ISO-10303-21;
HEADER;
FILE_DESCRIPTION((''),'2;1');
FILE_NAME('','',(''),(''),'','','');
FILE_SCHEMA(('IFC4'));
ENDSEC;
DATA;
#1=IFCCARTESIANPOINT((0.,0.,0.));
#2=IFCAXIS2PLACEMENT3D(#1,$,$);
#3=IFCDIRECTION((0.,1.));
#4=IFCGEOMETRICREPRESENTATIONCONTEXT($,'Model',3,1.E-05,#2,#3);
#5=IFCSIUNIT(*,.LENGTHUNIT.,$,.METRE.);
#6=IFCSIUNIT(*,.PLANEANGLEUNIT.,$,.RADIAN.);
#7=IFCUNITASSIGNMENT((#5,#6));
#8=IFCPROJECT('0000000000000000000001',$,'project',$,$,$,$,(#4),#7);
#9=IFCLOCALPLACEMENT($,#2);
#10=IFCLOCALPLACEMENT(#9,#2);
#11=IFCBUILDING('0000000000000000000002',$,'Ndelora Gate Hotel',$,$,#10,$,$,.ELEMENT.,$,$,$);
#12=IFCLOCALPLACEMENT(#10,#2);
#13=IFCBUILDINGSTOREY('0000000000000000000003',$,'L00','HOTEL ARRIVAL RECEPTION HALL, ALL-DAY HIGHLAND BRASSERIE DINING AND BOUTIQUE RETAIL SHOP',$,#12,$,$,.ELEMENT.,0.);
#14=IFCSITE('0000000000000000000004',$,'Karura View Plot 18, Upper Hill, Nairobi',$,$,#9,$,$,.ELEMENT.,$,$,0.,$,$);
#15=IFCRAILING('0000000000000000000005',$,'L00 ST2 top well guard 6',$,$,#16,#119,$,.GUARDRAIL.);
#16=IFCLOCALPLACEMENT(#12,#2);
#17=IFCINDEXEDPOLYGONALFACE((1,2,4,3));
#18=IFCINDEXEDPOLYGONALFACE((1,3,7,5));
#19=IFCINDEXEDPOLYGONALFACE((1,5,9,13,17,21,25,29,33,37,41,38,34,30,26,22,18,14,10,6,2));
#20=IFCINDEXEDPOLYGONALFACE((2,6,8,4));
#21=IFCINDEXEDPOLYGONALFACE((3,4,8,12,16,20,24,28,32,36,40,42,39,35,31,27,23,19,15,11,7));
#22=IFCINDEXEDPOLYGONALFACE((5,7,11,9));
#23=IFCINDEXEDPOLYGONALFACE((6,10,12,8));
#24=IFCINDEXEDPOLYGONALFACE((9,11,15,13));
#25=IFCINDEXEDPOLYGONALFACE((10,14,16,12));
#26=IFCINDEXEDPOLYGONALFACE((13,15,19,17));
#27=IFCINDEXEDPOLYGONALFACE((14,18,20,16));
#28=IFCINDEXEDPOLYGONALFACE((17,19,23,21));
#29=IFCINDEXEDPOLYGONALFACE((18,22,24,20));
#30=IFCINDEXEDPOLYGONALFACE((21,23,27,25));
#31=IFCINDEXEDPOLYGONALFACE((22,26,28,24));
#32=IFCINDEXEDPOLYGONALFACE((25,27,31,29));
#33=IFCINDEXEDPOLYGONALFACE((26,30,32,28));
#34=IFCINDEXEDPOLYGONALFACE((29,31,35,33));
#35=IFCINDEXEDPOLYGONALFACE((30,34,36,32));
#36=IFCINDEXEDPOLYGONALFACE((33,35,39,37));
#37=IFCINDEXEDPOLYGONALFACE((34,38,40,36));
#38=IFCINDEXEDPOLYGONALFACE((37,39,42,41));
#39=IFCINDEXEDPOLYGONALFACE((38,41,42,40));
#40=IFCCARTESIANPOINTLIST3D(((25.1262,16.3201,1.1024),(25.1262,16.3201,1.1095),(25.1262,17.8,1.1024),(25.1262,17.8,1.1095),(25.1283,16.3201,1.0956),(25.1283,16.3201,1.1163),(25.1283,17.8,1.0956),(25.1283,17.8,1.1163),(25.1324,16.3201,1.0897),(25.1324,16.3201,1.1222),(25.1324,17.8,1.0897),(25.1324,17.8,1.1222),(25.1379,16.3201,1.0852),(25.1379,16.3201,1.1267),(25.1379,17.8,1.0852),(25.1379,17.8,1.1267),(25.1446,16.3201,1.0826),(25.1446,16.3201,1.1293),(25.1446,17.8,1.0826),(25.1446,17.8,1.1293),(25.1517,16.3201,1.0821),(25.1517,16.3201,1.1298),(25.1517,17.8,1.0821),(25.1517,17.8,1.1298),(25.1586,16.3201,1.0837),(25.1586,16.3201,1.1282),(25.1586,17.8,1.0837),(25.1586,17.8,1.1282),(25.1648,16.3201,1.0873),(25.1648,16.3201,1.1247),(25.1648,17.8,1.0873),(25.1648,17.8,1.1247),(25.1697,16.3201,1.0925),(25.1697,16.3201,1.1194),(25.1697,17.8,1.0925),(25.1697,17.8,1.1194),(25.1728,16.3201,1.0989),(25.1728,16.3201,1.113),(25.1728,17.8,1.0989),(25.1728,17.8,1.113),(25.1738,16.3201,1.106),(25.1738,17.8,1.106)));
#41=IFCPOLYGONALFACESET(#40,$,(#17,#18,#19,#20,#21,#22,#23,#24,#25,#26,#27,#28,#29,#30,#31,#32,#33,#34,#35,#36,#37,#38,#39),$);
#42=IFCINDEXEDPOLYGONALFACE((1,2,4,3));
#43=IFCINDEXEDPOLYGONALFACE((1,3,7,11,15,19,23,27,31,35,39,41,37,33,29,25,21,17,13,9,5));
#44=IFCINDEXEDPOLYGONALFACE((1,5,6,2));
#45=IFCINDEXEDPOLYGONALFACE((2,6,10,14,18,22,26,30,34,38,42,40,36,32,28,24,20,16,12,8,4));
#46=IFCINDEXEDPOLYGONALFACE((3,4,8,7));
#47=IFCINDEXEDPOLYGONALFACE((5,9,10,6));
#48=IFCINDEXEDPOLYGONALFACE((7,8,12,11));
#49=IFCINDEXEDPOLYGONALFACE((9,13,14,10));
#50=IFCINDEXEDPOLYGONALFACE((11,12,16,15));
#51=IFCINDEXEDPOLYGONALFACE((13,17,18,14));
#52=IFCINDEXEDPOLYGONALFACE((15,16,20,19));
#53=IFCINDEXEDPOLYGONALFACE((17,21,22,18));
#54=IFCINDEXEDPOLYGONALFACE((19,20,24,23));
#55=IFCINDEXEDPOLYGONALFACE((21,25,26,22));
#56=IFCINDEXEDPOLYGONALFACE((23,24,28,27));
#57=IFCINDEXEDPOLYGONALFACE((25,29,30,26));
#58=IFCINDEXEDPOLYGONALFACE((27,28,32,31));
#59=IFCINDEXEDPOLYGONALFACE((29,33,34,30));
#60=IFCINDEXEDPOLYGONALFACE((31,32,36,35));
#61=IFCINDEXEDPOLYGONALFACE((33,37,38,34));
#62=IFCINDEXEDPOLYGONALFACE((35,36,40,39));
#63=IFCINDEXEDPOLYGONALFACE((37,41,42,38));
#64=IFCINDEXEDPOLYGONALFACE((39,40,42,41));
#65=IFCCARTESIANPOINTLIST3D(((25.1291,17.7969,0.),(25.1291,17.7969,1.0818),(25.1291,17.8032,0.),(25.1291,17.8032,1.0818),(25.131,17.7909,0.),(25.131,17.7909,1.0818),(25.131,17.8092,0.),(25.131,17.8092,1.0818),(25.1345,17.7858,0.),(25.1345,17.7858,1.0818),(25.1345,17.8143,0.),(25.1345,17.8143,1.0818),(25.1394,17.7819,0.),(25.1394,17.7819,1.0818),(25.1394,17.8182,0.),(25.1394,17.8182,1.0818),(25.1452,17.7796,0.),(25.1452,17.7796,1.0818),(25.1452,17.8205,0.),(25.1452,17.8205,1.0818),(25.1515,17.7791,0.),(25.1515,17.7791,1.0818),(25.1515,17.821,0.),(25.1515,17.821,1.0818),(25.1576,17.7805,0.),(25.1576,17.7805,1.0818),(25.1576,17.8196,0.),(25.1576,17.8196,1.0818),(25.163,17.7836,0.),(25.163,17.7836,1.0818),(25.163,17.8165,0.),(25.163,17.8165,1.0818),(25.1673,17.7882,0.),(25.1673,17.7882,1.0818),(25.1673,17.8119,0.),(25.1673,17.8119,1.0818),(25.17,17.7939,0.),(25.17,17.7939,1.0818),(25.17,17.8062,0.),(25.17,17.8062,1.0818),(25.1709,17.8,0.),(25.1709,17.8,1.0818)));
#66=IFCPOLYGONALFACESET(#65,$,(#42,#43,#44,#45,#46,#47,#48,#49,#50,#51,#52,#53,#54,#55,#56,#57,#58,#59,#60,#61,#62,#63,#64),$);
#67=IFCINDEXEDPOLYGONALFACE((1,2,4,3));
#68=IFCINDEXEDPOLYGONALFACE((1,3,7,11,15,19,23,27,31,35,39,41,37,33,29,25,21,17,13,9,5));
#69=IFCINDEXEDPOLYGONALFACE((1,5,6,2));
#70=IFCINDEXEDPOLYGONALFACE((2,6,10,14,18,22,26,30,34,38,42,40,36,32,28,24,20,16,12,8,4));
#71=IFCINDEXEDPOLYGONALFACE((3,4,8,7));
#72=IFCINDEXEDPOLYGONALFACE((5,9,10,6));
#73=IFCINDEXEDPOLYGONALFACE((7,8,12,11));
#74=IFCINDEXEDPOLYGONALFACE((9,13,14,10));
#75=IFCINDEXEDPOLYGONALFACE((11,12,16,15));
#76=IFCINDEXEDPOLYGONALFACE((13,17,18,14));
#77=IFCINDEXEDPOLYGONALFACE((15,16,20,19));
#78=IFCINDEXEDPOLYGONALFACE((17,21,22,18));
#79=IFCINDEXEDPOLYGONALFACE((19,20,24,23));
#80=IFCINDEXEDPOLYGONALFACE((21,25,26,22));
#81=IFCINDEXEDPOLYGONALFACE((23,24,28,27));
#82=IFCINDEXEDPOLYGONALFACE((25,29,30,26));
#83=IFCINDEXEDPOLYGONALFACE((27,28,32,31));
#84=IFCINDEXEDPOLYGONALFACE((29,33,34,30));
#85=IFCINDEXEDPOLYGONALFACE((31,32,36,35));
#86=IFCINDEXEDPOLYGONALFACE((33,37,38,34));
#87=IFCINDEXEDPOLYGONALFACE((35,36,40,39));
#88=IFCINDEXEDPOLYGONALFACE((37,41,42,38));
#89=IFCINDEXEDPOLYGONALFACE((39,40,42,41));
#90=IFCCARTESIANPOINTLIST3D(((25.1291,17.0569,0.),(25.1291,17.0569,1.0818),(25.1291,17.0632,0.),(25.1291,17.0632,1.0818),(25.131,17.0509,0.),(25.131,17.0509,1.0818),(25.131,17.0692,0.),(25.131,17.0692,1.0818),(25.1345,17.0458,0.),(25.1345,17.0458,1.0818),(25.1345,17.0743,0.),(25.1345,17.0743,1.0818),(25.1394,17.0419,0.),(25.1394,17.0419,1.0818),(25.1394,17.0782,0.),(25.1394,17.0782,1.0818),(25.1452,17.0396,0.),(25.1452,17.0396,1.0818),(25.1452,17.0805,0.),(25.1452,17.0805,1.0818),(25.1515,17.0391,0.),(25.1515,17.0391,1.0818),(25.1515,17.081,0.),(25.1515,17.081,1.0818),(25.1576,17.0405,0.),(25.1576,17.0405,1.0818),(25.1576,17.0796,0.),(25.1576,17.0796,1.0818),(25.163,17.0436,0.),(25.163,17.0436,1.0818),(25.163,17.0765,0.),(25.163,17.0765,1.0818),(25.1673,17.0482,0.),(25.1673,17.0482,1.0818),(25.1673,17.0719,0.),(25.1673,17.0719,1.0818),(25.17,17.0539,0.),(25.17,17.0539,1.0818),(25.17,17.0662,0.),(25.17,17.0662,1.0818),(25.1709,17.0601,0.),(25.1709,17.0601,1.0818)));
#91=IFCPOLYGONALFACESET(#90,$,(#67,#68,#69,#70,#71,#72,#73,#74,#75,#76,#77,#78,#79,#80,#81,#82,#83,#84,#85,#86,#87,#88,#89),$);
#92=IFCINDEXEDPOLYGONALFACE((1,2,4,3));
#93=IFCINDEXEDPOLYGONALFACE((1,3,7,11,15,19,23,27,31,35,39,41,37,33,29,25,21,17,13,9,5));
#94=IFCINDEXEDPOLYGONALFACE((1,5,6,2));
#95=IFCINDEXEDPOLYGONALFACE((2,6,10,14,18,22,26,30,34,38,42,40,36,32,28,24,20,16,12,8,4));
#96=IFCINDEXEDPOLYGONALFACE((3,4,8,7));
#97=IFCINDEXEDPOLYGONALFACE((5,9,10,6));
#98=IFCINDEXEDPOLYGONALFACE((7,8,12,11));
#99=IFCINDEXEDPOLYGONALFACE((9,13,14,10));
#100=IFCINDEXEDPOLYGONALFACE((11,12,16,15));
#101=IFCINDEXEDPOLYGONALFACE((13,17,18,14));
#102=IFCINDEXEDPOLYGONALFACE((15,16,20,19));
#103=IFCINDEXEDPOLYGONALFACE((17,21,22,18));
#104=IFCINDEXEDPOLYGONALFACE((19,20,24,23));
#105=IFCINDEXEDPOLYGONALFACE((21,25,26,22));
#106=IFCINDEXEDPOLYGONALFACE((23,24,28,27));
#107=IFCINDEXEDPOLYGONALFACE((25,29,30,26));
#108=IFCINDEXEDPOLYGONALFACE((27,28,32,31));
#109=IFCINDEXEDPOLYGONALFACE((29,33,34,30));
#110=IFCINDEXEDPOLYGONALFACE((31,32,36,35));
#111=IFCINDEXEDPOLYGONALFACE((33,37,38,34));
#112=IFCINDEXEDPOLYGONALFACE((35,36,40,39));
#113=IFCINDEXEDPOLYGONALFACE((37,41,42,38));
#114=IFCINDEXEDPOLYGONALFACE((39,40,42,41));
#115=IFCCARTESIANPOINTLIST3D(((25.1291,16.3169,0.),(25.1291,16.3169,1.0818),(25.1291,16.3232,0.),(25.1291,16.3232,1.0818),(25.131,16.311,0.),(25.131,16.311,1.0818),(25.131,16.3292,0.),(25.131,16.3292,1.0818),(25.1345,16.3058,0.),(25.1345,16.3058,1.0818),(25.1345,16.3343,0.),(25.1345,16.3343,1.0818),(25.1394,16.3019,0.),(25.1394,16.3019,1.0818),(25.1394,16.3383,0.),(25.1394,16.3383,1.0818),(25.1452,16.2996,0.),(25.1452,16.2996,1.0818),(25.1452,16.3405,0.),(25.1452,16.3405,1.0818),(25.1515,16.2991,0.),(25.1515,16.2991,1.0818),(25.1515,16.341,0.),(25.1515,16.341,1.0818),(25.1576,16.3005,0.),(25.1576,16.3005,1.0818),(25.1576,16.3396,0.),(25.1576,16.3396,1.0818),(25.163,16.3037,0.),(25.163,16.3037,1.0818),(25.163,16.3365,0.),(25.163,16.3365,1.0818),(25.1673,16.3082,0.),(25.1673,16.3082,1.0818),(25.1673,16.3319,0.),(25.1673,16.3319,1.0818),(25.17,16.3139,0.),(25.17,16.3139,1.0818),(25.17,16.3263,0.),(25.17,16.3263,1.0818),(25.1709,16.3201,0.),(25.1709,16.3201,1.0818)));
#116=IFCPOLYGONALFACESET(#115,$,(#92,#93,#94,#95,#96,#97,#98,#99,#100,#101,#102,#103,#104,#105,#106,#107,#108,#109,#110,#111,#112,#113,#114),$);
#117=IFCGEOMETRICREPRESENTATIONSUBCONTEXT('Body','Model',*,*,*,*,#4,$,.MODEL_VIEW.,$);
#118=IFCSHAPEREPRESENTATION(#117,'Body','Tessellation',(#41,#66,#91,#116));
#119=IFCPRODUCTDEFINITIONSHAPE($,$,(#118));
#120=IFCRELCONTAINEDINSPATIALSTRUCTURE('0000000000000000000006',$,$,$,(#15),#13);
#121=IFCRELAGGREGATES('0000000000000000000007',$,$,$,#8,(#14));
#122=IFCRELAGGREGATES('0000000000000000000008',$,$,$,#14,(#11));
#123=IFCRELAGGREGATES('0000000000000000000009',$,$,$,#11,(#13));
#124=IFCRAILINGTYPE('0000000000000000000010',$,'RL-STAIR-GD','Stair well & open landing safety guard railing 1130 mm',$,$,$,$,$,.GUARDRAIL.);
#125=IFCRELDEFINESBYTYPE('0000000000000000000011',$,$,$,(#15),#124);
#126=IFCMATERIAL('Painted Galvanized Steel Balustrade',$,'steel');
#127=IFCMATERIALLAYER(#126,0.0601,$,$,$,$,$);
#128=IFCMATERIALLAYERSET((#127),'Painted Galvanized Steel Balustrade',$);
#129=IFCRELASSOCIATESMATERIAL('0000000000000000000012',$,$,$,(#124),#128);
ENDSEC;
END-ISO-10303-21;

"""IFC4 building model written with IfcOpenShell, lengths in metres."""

from ifc_helpers import new_model, si_unit, direction, frame, origin, origin_2d, place, context, subcontext, project, spatial, circle, extrude, material, layer, layer_set, type_object, element, save


model = new_model("IFC4")

# Units and contexts
model_context = context("Model", 3, precision=1e-05, world=origin(), true_north=direction((0.0, 1.0)))
body_context = subcontext(model_context, "Body", "Model", "MODEL_VIEW")
ifc_project = project(units=[si_unit("LENGTHUNIT", "METRE"), si_unit("PLANEANGLEUNIT", "RADIAN")], contexts=[model_context])

# Site, building, storey
site_placement = place(None, origin())
site = spatial("IfcSite", under=ifc_project, at=site_placement, Name="Karura View Plot 18, Upper Hill, Nairobi", CompositionType="ELEMENT", RefElevation=0.0)
building_placement = place(site_placement, origin())
building = spatial("IfcBuilding", under=site, at=building_placement, Name="Ndelora Gate Hotel", CompositionType="ELEMENT")
storey_placement = place(building_placement, origin())
storey = spatial("IfcBuildingStorey", under=building, at=storey_placement, Name="L00", Description="HOTEL ARRIVAL RECEPTION HALL, ALL-DAY HIGHLAND BRASSERIE DINING AND BOUTIQUE RETAIL SHOP", CompositionType="ELEMENT", Elevation=0.0)

# Railing
ifc_material_1 = material(Name="Painted Galvanized Steel Balustrade", Category="steel")
ifc_layer_1 = layer(ifc_material_1, 0.0601)
ifc_layer_set_1 = layer_set([ifc_layer_1], Name="Painted Galvanized Steel Balustrade")
railing_type_1 = type_object("IfcRailingType", Name="RL-STAIR-GD", Description="Stair well & open landing safety guard railing 1130 mm", PredefinedType="GUARDRAIL", material=ifc_layer_set_1)
for number, where, name in (
    (1, (25.1499, 17.8, 0.0), "L00 ST2 top well guard 6"),
):
    element("IfcRailing", number, at=place(storey_placement, frame(where)), inside=storey, type_object=railing_type_1, Name=name, PredefinedType="GUARDRAIL", context=body_context, shape_type="SweptSolid", body=[
        extrude(circle(Radius=0.0239, at=origin_2d()), frame((0.0, 0.0, 1.106), z_axis=(0.0, -1.0, 0.0), x_axis=(1.0, 0.0, 0.0)), (0.0, 0.0, 1.0), 1.48),
        extrude(circle(Radius=0.021, at=origin_2d()), origin(), (0.0, 0.0, 1.0), 1.0818),
        extrude(circle(Radius=0.021, at=origin_2d()), frame((0.0, -0.74, 0.0)), (0.0, 0.0, 1.0), 1.0818),
        extrude(circle(Radius=0.021, at=origin_2d()), frame((0.0, -1.48, 0.0)), (0.0, 0.0, 1.0), 1.0818),
    ])

save(model, "model.ifc")
